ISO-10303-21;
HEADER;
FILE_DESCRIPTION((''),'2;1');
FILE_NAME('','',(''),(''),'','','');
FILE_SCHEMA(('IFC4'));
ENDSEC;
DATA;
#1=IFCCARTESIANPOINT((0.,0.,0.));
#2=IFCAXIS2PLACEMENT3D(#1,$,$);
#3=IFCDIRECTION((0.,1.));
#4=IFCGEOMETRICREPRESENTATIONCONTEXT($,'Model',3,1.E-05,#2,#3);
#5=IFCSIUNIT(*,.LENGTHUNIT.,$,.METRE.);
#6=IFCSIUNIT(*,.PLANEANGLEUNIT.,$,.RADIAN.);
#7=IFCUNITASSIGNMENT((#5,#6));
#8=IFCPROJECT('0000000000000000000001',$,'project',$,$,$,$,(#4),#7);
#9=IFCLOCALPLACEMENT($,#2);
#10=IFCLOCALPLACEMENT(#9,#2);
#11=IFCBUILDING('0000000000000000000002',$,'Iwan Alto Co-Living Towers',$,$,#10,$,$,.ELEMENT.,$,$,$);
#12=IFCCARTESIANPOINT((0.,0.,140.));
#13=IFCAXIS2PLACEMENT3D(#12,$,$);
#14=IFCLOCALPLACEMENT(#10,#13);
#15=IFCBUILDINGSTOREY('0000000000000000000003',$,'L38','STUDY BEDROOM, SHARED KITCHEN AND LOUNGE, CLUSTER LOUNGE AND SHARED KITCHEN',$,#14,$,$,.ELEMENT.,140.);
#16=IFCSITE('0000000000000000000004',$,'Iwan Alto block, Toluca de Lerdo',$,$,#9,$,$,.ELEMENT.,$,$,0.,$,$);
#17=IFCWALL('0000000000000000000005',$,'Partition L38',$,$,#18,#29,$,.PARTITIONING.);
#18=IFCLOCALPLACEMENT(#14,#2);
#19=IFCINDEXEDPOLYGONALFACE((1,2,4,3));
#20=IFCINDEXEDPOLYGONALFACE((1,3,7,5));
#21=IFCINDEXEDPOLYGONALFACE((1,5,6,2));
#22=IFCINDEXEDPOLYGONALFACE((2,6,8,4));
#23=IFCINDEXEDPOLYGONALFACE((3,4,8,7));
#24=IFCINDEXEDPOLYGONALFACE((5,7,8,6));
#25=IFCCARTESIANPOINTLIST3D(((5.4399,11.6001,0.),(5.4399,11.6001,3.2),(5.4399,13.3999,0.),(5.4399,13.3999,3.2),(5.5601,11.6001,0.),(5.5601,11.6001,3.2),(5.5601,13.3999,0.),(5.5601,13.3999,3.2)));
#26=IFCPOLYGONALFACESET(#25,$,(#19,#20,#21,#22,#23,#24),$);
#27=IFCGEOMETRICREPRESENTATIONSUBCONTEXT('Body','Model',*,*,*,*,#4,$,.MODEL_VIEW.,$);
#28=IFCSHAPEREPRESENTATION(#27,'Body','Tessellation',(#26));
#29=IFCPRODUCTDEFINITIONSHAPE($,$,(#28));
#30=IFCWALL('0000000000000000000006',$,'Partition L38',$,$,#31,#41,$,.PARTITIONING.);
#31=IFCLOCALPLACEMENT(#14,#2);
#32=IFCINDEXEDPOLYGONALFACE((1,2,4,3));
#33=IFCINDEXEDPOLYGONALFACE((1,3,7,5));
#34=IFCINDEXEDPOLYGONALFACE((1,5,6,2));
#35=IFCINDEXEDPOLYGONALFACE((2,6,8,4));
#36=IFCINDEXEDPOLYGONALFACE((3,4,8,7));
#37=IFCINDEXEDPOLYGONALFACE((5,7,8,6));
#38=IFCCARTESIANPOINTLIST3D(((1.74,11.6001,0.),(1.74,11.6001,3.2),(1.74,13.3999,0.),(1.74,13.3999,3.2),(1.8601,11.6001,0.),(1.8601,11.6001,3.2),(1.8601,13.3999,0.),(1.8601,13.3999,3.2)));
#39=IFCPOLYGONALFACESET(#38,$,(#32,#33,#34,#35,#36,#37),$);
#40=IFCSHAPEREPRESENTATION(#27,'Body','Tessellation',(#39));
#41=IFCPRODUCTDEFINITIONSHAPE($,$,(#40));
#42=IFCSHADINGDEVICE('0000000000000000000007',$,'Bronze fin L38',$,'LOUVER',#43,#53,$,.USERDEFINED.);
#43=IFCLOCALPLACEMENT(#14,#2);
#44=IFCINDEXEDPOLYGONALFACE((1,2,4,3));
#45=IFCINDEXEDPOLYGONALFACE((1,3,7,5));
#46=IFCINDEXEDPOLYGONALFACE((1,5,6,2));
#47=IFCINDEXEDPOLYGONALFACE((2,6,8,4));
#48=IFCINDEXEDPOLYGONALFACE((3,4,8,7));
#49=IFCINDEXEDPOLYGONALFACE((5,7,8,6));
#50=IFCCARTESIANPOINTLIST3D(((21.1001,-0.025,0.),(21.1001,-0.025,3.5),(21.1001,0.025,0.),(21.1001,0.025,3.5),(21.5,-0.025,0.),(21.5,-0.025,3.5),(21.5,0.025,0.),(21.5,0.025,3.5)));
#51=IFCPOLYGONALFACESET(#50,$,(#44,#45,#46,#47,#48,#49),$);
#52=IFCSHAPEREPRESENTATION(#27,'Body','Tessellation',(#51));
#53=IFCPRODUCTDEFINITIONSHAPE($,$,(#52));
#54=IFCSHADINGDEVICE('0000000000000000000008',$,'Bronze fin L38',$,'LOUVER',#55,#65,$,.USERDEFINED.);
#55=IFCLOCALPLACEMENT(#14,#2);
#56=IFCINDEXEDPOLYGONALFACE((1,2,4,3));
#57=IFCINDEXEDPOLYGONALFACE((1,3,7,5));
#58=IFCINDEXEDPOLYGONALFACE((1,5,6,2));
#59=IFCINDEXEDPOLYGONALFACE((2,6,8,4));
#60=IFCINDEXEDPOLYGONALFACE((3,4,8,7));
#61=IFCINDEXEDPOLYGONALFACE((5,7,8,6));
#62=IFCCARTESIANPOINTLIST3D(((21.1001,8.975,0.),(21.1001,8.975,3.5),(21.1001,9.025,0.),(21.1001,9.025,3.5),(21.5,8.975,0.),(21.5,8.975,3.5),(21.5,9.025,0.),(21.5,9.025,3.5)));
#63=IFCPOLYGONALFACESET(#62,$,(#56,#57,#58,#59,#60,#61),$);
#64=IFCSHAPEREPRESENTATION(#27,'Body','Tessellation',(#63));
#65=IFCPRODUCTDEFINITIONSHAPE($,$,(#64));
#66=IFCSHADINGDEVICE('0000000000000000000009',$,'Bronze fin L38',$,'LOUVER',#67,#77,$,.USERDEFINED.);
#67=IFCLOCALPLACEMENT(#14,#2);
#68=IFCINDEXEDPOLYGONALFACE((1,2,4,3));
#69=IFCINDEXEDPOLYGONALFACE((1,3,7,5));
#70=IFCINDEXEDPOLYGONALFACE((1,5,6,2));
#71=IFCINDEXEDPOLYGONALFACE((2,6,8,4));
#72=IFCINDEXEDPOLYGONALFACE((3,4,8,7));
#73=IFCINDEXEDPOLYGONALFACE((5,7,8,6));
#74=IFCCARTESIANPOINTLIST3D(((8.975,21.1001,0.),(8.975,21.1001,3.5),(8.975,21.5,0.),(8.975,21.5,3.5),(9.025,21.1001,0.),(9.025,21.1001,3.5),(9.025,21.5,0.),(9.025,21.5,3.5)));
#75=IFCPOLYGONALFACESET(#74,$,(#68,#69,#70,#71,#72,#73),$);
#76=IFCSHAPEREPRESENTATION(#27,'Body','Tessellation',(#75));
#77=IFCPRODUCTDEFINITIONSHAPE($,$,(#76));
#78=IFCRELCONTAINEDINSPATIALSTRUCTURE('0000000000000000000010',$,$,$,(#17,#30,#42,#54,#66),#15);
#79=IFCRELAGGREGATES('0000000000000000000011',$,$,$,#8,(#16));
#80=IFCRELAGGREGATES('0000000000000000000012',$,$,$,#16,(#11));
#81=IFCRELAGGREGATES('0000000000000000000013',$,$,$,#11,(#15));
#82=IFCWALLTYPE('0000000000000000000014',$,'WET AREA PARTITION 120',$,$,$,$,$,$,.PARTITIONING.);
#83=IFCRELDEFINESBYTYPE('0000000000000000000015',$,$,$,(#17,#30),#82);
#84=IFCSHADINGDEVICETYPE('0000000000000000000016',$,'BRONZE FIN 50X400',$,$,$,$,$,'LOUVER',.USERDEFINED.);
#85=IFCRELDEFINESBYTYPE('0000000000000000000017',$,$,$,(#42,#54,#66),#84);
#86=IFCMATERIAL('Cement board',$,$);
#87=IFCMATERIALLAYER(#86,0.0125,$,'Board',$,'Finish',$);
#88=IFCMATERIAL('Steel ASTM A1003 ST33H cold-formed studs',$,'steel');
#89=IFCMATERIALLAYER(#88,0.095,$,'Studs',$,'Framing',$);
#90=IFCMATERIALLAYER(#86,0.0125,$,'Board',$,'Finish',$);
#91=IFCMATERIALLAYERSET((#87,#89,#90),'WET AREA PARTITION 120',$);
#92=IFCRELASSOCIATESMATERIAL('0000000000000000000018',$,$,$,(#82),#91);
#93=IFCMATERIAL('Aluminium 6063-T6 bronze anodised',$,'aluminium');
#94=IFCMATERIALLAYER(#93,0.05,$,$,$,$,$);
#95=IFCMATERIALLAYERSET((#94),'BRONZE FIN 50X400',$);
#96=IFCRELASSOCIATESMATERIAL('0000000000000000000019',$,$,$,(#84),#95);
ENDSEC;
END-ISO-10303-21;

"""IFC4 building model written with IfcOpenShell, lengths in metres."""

from ifc_helpers import new_model, si_unit, direction, frame, frame_2d, origin, origin_2d, place, context, subcontext, project, spatial, rectangle, extrude, material, layer, layer_set, type_object, element, save


model = new_model("IFC4")

# Units and contexts
model_context = context("Model", 3, precision=1e-05, world=origin(), true_north=direction((0.0, 1.0)))
body_context = subcontext(model_context, "Body", "Model", "MODEL_VIEW")
ifc_project = project(units=[si_unit("LENGTHUNIT", "METRE"), si_unit("PLANEANGLEUNIT", "RADIAN")], contexts=[model_context])

# Site, building, storey
site_placement = place(None, origin())
site = spatial("IfcSite", under=ifc_project, at=site_placement, Name="Iwan Alto block, Toluca de Lerdo", CompositionType="ELEMENT", RefElevation=0.0)
building_placement = place(site_placement, origin())
building = spatial("IfcBuilding", under=site, at=building_placement, Name="Iwan Alto Co-Living Towers", CompositionType="ELEMENT")
storey_placement = place(building_placement, frame((0.0, 0.0, 140.0)))
storey = spatial("IfcBuildingStorey", under=building, at=storey_placement, Name="L38", Description="STUDY BEDROOM, SHARED KITCHEN AND LOUNGE, CLUSTER LOUNGE AND SHARED KITCHEN", CompositionType="ELEMENT", Elevation=140.0)

# Shared definitions
ifc_material_1 = material(Name="Steel ASTM A1003 ST33H cold-formed studs", Category="steel")

# Shared definitions
ifc_material_2 = material(Name="Cement board")
ifc_layer_1 = layer(ifc_material_2, 0.0125, Name="Board", Category="Finish")
ifc_layer_2 = layer(ifc_material_1, 0.095, Name="Studs", Category="Framing")
ifc_layer_3 = layer(ifc_material_2, 0.0125, Name="Board", Category="Finish")
ifc_layer_set_1 = layer_set([ifc_layer_1, ifc_layer_2, ifc_layer_3], Name="WET AREA PARTITION 120")
wall_type_1 = type_object("IfcWallType", Name="WET AREA PARTITION 120", PredefinedType="PARTITIONING", material=ifc_layer_set_1)

# Walls
for number, where, z_axis, x_axis, name in (
    (1, (5.5, 11.6001, 0.0), (0.0, 0.0, 1.0), (0.0, 1.0, 0.0), "Partition L38"),
    (2, (1.8, 11.6001, 0.0), (0.0, 0.0, 1.0), (0.0, 1.0, 0.0), "Partition L38"),
):
    element("IfcWall", number, at=place(storey_placement, frame(where, z_axis=z_axis, x_axis=x_axis)), inside=storey, type_object=wall_type_1, Name=name, PredefinedType="PARTITIONING", context=body_context, shape_type="SweptSolid", body=[
        extrude(rectangle(XDim=1.7998, YDim=0.1201, at=frame_2d((0.8999, 0.0))), origin(), (0.0, 0.0, 1.0), 3.2),
    ])

# Shading devices
ifc_material_3 = material(Name="Aluminium 6063-T6 bronze anodised", Category="aluminium")
ifc_layer_4 = layer(ifc_material_3, 0.05)
ifc_layer_set_2 = layer_set([ifc_layer_4], Name="BRONZE FIN 50X400")
shading_device_type = type_object("IfcShadingDeviceType", Name="BRONZE FIN 50X400", ElementType="LOUVER", PredefinedType="USERDEFINED", material=ifc_layer_set_2)
for number, where, z_axis, x_axis, name in (
    (3, (21.3, 0.0, 0.0), (0.0, 0.0, 1.0), (0.0, 1.0, 0.0), "Bronze fin L38"),
    (4, (21.3, 9.0, 0.0), (0.0, 0.0, 1.0), (0.0, 1.0, 0.0), "Bronze fin L38"),
    (5, (9.0, 21.3, 0.0), (0.0, 0.0, 1.0), (-1.0, 0.0, 0.0), "Bronze fin L38"),
):
    element("IfcShadingDevice", number, at=place(storey_placement, frame(where, z_axis=z_axis, x_axis=x_axis)), inside=storey, type_object=shading_device_type, Name=name, ObjectType="LOUVER", PredefinedType="USERDEFINED", context=body_context, shape_type="SweptSolid", body=[
        extrude(rectangle(XDim=0.05, YDim=0.3999, at=origin_2d()), origin(), (0.0, 0.0, 1.0), 3.5),
    ])

save(model, "model.ifc")
